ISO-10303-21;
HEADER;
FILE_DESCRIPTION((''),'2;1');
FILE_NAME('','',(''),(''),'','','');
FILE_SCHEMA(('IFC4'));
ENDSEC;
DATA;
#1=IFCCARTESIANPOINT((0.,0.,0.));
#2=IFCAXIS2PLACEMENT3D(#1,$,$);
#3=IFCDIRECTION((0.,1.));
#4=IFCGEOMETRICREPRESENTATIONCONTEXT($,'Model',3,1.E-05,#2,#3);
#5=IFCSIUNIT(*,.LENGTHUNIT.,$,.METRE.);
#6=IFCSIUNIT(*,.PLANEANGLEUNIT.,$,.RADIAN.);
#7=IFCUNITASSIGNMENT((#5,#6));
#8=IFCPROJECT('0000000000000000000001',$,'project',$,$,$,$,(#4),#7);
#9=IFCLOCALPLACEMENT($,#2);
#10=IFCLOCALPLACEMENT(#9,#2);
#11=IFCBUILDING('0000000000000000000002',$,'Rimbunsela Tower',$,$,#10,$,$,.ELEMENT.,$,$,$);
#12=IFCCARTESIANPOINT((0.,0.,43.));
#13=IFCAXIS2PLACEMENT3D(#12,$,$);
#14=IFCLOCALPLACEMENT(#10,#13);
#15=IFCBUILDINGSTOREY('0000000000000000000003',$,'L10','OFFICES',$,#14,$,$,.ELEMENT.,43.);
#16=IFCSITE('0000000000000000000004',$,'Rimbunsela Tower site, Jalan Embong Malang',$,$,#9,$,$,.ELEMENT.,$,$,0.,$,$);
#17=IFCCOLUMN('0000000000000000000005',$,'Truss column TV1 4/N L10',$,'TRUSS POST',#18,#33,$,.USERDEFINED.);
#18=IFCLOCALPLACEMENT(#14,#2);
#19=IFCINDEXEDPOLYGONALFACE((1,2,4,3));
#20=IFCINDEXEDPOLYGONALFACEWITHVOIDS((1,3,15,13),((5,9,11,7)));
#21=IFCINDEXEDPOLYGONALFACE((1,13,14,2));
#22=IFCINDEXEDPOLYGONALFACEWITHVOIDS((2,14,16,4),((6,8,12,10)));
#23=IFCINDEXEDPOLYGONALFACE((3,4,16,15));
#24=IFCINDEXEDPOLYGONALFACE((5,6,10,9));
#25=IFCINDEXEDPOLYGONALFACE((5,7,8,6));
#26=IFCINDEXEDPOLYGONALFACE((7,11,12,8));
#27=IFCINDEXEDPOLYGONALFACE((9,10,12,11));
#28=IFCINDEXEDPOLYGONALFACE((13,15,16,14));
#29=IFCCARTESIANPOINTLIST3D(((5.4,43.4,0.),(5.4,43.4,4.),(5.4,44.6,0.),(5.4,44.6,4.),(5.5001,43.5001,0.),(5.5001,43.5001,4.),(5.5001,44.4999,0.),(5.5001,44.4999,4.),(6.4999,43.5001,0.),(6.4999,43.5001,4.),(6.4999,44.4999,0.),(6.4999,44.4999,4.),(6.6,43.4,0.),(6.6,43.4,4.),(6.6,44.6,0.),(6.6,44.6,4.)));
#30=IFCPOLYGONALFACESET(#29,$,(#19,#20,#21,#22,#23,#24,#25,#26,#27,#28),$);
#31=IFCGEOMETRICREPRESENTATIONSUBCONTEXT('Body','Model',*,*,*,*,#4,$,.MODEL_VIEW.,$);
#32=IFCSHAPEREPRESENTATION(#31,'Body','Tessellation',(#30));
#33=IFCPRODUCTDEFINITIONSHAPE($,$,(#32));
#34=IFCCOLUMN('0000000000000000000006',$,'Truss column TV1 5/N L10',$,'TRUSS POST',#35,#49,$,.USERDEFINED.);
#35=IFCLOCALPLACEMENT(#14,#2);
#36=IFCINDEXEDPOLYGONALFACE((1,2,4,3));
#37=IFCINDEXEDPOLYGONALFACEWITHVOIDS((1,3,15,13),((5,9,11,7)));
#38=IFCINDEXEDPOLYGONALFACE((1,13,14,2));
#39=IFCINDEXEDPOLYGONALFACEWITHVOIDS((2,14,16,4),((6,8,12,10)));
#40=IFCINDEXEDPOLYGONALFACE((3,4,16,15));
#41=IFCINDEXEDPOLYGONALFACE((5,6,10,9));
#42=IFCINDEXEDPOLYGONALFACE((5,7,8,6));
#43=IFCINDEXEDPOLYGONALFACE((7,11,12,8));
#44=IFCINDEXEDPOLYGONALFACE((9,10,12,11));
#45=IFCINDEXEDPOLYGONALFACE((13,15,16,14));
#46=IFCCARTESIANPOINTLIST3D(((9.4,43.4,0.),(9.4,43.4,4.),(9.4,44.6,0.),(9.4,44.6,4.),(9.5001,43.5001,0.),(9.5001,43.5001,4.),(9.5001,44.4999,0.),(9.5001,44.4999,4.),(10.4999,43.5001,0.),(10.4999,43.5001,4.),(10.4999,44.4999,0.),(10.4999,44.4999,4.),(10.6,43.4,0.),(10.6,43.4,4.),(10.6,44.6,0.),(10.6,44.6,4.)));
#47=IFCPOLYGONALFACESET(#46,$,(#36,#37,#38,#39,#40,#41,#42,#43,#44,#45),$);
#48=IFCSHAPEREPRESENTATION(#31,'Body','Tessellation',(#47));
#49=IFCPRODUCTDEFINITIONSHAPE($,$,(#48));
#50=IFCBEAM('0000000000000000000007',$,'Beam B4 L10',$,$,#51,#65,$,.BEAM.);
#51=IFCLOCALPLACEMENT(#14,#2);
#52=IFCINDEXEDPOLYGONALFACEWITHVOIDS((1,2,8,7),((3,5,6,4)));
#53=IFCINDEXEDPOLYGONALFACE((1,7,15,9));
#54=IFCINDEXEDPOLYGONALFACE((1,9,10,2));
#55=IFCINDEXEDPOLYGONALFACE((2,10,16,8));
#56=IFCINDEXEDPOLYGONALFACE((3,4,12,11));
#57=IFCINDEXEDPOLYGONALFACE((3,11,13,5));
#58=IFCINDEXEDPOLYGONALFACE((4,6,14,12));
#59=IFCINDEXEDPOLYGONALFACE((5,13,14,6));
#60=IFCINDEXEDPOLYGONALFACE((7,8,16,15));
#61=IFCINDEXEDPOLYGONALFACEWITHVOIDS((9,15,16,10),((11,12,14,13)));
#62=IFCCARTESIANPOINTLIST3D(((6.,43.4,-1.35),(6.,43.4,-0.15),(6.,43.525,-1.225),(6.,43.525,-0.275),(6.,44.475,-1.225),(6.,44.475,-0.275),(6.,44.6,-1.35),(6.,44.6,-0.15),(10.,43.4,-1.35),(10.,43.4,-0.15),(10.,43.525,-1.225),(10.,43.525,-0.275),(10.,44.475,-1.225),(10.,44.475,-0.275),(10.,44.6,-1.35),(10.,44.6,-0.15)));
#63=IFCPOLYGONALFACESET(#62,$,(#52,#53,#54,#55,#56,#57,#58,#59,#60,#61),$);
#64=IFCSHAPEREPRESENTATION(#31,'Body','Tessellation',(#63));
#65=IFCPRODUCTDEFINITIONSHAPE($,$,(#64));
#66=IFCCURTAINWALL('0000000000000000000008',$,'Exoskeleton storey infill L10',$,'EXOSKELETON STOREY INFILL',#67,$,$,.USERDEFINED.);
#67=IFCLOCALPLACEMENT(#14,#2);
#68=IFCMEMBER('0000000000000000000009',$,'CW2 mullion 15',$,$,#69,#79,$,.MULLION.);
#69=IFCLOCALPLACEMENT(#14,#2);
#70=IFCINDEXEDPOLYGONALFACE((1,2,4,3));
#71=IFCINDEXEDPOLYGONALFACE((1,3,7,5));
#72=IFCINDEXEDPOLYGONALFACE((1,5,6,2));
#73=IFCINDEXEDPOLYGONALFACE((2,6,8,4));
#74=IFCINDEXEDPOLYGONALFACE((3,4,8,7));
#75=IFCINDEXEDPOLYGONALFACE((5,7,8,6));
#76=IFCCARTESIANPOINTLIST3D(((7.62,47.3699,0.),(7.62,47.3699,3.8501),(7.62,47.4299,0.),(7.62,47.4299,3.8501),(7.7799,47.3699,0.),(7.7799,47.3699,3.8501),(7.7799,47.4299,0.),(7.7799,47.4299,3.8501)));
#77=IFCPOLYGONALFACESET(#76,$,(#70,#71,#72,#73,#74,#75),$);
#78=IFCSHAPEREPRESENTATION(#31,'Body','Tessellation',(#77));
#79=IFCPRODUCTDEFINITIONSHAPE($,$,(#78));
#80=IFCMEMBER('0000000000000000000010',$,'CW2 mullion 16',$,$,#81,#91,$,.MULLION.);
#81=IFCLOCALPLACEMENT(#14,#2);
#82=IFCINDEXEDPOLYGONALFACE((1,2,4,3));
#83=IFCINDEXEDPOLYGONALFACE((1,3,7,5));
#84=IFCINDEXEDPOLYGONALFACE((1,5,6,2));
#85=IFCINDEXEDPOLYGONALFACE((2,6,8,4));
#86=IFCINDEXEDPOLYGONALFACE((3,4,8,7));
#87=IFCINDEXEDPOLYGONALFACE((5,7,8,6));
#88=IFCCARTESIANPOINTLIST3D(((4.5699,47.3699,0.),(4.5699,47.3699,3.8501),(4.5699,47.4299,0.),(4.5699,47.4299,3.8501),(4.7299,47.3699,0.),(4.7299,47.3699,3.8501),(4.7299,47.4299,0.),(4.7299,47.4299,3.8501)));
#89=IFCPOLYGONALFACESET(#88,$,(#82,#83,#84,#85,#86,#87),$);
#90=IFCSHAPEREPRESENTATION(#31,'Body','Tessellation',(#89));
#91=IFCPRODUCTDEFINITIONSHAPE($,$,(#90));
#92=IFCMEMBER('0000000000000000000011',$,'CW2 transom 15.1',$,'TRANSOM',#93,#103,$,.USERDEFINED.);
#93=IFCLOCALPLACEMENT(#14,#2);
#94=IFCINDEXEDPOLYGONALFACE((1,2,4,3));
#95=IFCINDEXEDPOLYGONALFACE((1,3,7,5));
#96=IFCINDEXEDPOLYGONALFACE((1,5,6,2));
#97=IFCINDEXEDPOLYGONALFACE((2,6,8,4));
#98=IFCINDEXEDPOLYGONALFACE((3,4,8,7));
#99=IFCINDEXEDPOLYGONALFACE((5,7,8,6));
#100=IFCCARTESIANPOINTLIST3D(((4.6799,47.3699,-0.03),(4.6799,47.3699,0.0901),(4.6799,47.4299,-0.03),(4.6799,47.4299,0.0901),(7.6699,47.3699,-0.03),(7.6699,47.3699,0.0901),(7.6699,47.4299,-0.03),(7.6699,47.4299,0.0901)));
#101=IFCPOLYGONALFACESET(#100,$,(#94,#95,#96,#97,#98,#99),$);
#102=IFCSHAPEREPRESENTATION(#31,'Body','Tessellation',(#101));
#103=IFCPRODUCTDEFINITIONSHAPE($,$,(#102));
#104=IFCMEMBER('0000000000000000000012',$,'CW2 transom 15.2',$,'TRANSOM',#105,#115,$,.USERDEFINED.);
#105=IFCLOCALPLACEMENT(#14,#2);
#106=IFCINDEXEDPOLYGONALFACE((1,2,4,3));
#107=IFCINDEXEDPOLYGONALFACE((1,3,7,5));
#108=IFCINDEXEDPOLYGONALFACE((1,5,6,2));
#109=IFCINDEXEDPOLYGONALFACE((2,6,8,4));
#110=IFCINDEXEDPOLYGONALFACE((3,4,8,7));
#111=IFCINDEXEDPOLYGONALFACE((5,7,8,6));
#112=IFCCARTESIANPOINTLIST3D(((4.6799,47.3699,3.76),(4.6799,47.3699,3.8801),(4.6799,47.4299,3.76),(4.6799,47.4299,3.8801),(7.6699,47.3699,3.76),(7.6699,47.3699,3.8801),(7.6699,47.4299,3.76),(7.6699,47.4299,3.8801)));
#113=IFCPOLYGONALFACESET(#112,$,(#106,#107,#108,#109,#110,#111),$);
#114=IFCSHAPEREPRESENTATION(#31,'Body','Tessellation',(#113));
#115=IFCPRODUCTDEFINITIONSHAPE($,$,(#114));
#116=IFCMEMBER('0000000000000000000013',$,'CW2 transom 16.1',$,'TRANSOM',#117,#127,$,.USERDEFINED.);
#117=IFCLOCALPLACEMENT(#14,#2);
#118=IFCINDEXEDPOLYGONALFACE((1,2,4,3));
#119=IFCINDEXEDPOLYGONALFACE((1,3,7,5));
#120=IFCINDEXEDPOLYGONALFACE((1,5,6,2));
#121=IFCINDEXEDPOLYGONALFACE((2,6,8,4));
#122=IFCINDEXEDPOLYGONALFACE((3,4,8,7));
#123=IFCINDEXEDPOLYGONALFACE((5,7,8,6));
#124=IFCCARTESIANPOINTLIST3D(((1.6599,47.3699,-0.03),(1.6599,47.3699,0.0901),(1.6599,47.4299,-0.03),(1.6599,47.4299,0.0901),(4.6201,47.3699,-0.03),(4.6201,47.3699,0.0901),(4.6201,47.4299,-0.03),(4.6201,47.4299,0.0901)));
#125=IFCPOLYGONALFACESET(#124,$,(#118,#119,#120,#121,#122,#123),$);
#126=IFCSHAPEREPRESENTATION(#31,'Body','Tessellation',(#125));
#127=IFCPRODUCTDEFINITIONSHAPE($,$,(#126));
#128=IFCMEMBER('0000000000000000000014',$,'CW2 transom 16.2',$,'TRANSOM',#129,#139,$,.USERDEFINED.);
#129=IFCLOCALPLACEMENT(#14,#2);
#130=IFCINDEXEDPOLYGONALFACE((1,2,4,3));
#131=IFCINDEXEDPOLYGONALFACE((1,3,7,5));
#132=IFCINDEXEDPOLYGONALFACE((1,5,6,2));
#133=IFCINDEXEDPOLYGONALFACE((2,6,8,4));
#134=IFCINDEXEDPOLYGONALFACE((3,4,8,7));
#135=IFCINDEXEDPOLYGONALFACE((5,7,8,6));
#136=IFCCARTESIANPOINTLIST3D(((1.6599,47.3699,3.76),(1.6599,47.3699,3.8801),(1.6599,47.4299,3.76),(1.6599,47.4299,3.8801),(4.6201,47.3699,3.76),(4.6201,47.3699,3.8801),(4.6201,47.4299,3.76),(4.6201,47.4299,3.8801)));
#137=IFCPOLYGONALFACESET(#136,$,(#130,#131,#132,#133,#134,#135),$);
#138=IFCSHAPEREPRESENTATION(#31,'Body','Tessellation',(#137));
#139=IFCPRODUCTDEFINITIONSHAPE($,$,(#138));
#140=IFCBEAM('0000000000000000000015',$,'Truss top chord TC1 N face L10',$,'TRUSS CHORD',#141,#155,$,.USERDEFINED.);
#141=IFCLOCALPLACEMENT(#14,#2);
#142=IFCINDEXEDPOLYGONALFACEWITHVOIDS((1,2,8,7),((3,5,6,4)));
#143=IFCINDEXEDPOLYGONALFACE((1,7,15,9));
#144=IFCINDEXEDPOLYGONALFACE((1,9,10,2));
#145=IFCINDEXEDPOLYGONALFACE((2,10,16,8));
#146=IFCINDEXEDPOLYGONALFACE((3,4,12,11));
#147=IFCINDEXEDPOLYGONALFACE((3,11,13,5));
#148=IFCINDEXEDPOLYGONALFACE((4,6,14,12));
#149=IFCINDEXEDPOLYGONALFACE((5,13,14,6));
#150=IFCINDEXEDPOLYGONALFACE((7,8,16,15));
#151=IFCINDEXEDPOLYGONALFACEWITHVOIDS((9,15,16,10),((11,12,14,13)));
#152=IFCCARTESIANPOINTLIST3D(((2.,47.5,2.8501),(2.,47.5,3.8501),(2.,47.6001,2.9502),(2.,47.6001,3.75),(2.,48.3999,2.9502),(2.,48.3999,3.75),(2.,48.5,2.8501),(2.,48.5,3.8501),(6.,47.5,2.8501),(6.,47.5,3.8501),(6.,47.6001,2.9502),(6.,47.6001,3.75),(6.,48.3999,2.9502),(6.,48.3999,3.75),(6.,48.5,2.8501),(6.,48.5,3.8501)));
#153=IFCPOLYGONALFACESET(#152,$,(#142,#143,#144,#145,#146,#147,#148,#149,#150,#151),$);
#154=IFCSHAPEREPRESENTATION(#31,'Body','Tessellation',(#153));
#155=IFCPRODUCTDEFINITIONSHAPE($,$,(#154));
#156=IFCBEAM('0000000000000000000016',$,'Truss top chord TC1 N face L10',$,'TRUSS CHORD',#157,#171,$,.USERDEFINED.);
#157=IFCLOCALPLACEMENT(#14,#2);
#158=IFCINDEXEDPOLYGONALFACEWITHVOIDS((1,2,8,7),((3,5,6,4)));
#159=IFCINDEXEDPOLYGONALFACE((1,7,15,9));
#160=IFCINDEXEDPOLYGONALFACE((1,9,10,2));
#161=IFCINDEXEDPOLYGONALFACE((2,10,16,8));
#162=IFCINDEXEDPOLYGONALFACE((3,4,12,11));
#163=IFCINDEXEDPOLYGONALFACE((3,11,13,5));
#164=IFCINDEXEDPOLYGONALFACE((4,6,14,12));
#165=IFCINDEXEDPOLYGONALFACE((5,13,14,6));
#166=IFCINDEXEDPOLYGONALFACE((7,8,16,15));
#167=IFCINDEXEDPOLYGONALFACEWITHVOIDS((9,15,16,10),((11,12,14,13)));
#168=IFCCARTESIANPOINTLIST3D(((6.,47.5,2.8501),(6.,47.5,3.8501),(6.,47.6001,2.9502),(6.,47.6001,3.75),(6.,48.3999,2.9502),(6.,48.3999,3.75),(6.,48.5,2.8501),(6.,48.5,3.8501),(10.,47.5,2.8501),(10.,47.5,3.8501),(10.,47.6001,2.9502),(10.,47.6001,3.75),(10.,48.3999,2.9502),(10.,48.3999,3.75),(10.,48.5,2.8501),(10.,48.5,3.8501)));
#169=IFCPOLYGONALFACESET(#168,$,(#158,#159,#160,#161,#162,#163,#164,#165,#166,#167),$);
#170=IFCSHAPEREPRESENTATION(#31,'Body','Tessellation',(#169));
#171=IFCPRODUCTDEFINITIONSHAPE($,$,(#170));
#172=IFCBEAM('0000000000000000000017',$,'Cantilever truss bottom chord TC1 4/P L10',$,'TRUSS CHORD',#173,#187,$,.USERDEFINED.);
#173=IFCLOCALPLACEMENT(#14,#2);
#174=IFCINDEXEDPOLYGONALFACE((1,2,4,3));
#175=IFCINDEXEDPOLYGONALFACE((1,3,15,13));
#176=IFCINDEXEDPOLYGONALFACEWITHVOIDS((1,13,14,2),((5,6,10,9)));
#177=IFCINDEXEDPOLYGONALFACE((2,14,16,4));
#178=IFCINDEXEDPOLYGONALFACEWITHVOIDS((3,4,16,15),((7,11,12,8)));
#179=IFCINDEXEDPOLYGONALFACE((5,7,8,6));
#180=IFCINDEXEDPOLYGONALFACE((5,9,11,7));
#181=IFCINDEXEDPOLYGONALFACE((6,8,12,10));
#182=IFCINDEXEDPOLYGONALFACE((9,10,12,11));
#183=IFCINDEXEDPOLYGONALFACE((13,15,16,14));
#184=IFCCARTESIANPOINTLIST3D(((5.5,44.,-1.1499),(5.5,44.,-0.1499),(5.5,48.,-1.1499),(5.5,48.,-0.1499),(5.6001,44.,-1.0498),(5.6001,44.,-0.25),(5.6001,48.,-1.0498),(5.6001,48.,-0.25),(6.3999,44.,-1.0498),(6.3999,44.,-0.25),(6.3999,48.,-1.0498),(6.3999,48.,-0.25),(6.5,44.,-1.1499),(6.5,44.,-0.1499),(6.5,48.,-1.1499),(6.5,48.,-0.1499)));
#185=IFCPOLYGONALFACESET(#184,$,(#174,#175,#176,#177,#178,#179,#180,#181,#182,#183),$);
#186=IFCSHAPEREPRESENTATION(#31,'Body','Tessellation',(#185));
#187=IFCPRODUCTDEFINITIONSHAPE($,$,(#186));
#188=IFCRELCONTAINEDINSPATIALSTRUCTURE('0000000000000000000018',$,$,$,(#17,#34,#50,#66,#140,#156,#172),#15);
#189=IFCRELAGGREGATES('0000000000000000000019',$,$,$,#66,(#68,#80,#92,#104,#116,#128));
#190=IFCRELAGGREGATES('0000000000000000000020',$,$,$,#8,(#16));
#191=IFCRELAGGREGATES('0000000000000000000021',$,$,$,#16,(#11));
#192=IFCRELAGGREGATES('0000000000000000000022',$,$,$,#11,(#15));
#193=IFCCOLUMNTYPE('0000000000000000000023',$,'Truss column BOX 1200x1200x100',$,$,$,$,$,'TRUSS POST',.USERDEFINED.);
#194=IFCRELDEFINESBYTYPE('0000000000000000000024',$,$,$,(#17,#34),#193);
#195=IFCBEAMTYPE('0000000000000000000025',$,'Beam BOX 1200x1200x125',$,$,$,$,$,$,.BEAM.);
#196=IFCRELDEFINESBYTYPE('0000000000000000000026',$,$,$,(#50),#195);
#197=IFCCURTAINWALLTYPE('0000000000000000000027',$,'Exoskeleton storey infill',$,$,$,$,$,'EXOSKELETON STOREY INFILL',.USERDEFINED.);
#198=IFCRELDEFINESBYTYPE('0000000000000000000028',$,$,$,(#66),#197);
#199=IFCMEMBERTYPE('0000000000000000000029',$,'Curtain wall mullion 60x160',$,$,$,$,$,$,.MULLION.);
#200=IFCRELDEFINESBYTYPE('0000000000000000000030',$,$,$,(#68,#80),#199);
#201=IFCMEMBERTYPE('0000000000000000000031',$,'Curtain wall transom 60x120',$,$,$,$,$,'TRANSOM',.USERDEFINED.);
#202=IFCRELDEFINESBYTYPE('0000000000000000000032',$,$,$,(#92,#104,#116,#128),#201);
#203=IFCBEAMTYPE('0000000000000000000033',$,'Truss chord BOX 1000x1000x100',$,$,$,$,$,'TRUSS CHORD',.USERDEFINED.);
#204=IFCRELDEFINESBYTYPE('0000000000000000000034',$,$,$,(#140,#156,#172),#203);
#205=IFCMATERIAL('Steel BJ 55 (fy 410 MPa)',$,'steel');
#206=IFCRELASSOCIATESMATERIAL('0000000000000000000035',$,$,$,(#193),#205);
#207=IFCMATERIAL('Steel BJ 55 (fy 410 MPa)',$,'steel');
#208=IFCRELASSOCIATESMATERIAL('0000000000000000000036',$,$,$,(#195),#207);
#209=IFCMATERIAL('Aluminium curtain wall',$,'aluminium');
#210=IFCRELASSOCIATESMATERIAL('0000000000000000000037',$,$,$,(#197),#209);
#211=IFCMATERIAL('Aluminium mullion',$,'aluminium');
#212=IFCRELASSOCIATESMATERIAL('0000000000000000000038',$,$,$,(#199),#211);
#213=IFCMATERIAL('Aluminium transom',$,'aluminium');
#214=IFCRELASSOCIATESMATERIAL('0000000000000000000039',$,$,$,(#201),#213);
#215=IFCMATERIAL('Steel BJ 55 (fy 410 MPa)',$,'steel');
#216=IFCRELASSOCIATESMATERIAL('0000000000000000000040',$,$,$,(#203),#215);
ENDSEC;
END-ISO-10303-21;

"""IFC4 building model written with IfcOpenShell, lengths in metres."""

from ifc_helpers import new_model, si_unit, direction, frame, origin, origin_2d, place, context, subcontext, project, spatial, rectangle, hollow_rectangle, extrude, material, material_profile, profile_set, type_object, element, aggregate, save


model = new_model("IFC4")

# Units and contexts
model_context = context("Model", 3, precision=1e-05, world=origin(), true_north=direction((0.0, 1.0)))
body_context = subcontext(model_context, "Body", "Model", "MODEL_VIEW")
ifc_project = project(units=[si_unit("LENGTHUNIT", "METRE"), si_unit("PLANEANGLEUNIT", "RADIAN")], contexts=[model_context])

# Site, building, storey
site_placement = place(None, origin())
site = spatial("IfcSite", under=ifc_project, at=site_placement, Name="Rimbunsela Tower site, Jalan Embong Malang", CompositionType="ELEMENT", RefElevation=0.0)
building_placement = place(site_placement, origin())
building = spatial("IfcBuilding", under=site, at=building_placement, Name="Rimbunsela Tower", CompositionType="ELEMENT")
storey_placement = place(building_placement, frame((0.0, 0.0, 43.0)))
storey = spatial("IfcBuildingStorey", under=building, at=storey_placement, Name="L10", Description="OFFICES", CompositionType="ELEMENT", Elevation=43.0)

# Columns
ifc_material_1 = material(Name="Steel BJ 55 (fy 410 MPa)", Category="steel")
ifc_material_profile_1 = material_profile(ifc_material_1, hollow_rectangle(XDim=1.2, YDim=1.2, WallThickness=0.1001, at=origin_2d()), Name="BOX 1200x1200x100")
ifc_profile_set_1 = profile_set([ifc_material_profile_1], Name="Steel BJ 55 (fy 410 MPa)")
column_type = type_object("IfcColumnType", Name="Truss column BOX 1200x1200x100", ElementType="TRUSS POST", PredefinedType="USERDEFINED", material=ifc_profile_set_1)
for number, where, z_axis, x_axis, name in (
    (1, (6.0, 44.0, 0.0), (0.0, 0.0, 1.0), (1.0, 0.0, 0.0), "Truss column TV1 4/N L10"),
    (2, (10.0, 44.0, 0.0), (0.0, 0.0, 1.0), (1.0, 0.0, 0.0), "Truss column TV1 5/N L10"),
):
    element("IfcColumn", number, at=place(storey_placement, frame(where, z_axis=z_axis, x_axis=x_axis)), inside=storey, type_object=column_type, Name=name, ObjectType="TRUSS POST", PredefinedType="USERDEFINED", context=body_context, shape_type="SweptSolid", body=[
        extrude(hollow_rectangle(XDim=1.2, YDim=1.2, WallThickness=0.1001, at=origin_2d()), origin(), (0.0, 0.0, 1.0), 4.0),
    ])

# Beam
ifc_material_2 = material(Name="Steel BJ 55 (fy 410 MPa)", Category="steel")
ifc_material_profile_2 = material_profile(ifc_material_2, hollow_rectangle(XDim=1.2, YDim=1.2, WallThickness=0.125, at=origin_2d()), Name="BOX 1200x1200x125")
ifc_profile_set_2 = profile_set([ifc_material_profile_2], Name="Steel BJ 55 (fy 410 MPa)")
beam_type_1 = type_object("IfcBeamType", Name="Beam BOX 1200x1200x125", PredefinedType="BEAM", material=ifc_profile_set_2)
beam_placement = place(storey_placement, frame((6.0, 44.0, -0.75), z_axis=(1.0, 0.0, 0.0), x_axis=(0.0, 1.0, 0.0)))
element("IfcBeam", 3, at=beam_placement, inside=storey, type_object=beam_type_1, Name="Beam B4 L10", PredefinedType="BEAM", context=body_context, shape_type="SweptSolid", body=[
    extrude(hollow_rectangle(XDim=1.2, YDim=1.2, WallThickness=0.125, at=origin_2d()), origin(), (0.0, 0.0, 1.0), 4.0),
])

# Curtain wall, members
ifc_material_3 = material(Name="Aluminium curtain wall", Category="aluminium")
curtain_wall_type = type_object("IfcCurtainWallType", Name="Exoskeleton storey infill", ElementType="EXOSKELETON STOREY INFILL", PredefinedType="USERDEFINED", material=ifc_material_3)
curtain_wall_placement = place(storey_placement, origin())
curtain_wall = element("IfcCurtainWall", 4, at=curtain_wall_placement, inside=storey, type_object=curtain_wall_type, Name="Exoskeleton storey infill L10", ObjectType="EXOSKELETON STOREY INFILL", PredefinedType="USERDEFINED")
ifc_material_4 = material(Name="Aluminium mullion", Category="aluminium")
ifc_material_profile_3 = material_profile(ifc_material_4, rectangle(XDim=0.0601, YDim=0.1599, at=origin_2d()), Name="Mullion 60x160")
ifc_profile_set_3 = profile_set([ifc_material_profile_3], Name="Aluminium mullion")
member_type_1 = type_object("IfcMemberType", Name="Curtain wall mullion 60x160", PredefinedType="MULLION", material=ifc_profile_set_3)
member_1_placement = place(storey_placement, frame((7.7, 47.3999, 0.0), z_axis=(0.0, 0.0, 1.0), x_axis=(0.0, -1.0, 0.0)))
member_1 = element("IfcMember", 5, at=member_1_placement, type_object=member_type_1, Name="CW2 mullion 15", PredefinedType="MULLION", context=body_context, shape_type="SweptSolid", body=[
    extrude(rectangle(XDim=0.0601, YDim=0.1599, at=origin_2d()), origin(), (0.0, 0.0, 1.0), 3.8501),
])
member_2_placement = place(storey_placement, frame((4.6499, 47.3999, 0.0), z_axis=(0.0, 0.0, 1.0), x_axis=(0.0, -1.0, 0.0)))
member_2 = element("IfcMember", 6, at=member_2_placement, type_object=member_type_1, Name="CW2 mullion 16", PredefinedType="MULLION", context=body_context, shape_type="SweptSolid", body=[
    extrude(rectangle(XDim=0.0601, YDim=0.1599, at=origin_2d()), origin(), (0.0, 0.0, 1.0), 3.8501),
])
ifc_material_5 = material(Name="Aluminium transom", Category="aluminium")
ifc_material_profile_4 = material_profile(ifc_material_5, rectangle(XDim=0.0601, YDim=0.1201, at=origin_2d()), Name="Transom 60x120")
ifc_profile_set_4 = profile_set([ifc_material_profile_4], Name="Aluminium transom")
member_type_2 = type_object("IfcMemberType", Name="Curtain wall transom 60x120", ElementType="TRANSOM", PredefinedType="USERDEFINED", material=ifc_profile_set_4)
member_3_placement = place(storey_placement, frame((7.6699, 47.3999, 0.03), z_axis=(-1.0, 0.0, 0.0), x_axis=(0.0, -1.0, 0.0)))
member_3 = element("IfcMember", 7, at=member_3_placement, type_object=member_type_2, Name="CW2 transom 15.1", ObjectType="TRANSOM", PredefinedType="USERDEFINED", context=body_context, shape_type="SweptSolid", body=[
    extrude(rectangle(XDim=0.0601, YDim=0.1201, at=origin_2d()), origin(), (0.0, 0.0, 1.0), 2.99),
])
member_4_placement = place(storey_placement, frame((7.6699, 47.3999, 3.8201), z_axis=(-1.0, 0.0, 0.0), x_axis=(0.0, -1.0, 0.0)))
member_4 = element("IfcMember", 8, at=member_4_placement, type_object=member_type_2, Name="CW2 transom 15.2", ObjectType="TRANSOM", PredefinedType="USERDEFINED", context=body_context, shape_type="SweptSolid", body=[
    extrude(rectangle(XDim=0.0601, YDim=0.1201, at=origin_2d()), origin(), (0.0, 0.0, 1.0), 2.99),
])
member_5_placement = place(storey_placement, frame((4.6201, 47.3999, 0.03), z_axis=(-1.0, 0.0, 0.0), x_axis=(0.0, -1.0, 0.0)))
member_5 = element("IfcMember", 9, at=member_5_placement, type_object=member_type_2, Name="CW2 transom 16.1", ObjectType="TRANSOM", PredefinedType="USERDEFINED", context=body_context, shape_type="SweptSolid", body=[
    extrude(rectangle(XDim=0.0601, YDim=0.1201, at=origin_2d()), origin(), (0.0, 0.0, 1.0), 2.9602),
])
member_6_placement = place(storey_placement, frame((4.6201, 47.3999, 3.8201), z_axis=(-1.0, 0.0, 0.0), x_axis=(0.0, -1.0, 0.0)))
member_6 = element("IfcMember", 10, at=member_6_placement, type_object=member_type_2, Name="CW2 transom 16.2", ObjectType="TRANSOM", PredefinedType="USERDEFINED", context=body_context, shape_type="SweptSolid", body=[
    extrude(rectangle(XDim=0.0601, YDim=0.1201, at=origin_2d()), origin(), (0.0, 0.0, 1.0), 2.9602),
])

# Beams
ifc_material_6 = material(Name="Steel BJ 55 (fy 410 MPa)", Category="steel")
ifc_material_profile_5 = material_profile(ifc_material_6, hollow_rectangle(XDim=1.0, YDim=1.0, WallThickness=0.1001, at=origin_2d()), Name="BOX 1000x1000x100")
ifc_profile_set_5 = profile_set([ifc_material_profile_5], Name="Steel BJ 55 (fy 410 MPa)")
beam_type_2 = type_object("IfcBeamType", Name="Truss chord BOX 1000x1000x100", ElementType="TRUSS CHORD", PredefinedType="USERDEFINED", material=ifc_profile_set_5)
for number, where, z_axis, x_axis, name in (
    (11, (2.0, 48.0, 3.3501), (1.0, 0.0, 0.0), (0.0, 1.0, 0.0), "Truss top chord TC1 N face L10"),
    (12, (6.0, 48.0, 3.3501), (1.0, 0.0, 0.0), (0.0, 1.0, 0.0), "Truss top chord TC1 N face L10"),
    (13, (6.0, 44.0, -0.6499), (0.0, 1.0, 0.0), (-1.0, 0.0, 0.0), "Cantilever truss bottom chord TC1 4/P L10"),
):
    element("IfcBeam", number, at=place(storey_placement, frame(where, z_axis=z_axis, x_axis=x_axis)), inside=storey, type_object=beam_type_2, Name=name, ObjectType="TRUSS CHORD", PredefinedType="USERDEFINED", context=body_context, shape_type="SweptSolid", body=[
        extrude(hollow_rectangle(XDim=1.0, YDim=1.0, WallThickness=0.1001, at=origin_2d()), origin(), (0.0, 0.0, 1.0), 4.0),
    ])

aggregate(curtain_wall, [member_1, member_2, member_3, member_4, member_5, member_6])

save(model, "model.ifc")
